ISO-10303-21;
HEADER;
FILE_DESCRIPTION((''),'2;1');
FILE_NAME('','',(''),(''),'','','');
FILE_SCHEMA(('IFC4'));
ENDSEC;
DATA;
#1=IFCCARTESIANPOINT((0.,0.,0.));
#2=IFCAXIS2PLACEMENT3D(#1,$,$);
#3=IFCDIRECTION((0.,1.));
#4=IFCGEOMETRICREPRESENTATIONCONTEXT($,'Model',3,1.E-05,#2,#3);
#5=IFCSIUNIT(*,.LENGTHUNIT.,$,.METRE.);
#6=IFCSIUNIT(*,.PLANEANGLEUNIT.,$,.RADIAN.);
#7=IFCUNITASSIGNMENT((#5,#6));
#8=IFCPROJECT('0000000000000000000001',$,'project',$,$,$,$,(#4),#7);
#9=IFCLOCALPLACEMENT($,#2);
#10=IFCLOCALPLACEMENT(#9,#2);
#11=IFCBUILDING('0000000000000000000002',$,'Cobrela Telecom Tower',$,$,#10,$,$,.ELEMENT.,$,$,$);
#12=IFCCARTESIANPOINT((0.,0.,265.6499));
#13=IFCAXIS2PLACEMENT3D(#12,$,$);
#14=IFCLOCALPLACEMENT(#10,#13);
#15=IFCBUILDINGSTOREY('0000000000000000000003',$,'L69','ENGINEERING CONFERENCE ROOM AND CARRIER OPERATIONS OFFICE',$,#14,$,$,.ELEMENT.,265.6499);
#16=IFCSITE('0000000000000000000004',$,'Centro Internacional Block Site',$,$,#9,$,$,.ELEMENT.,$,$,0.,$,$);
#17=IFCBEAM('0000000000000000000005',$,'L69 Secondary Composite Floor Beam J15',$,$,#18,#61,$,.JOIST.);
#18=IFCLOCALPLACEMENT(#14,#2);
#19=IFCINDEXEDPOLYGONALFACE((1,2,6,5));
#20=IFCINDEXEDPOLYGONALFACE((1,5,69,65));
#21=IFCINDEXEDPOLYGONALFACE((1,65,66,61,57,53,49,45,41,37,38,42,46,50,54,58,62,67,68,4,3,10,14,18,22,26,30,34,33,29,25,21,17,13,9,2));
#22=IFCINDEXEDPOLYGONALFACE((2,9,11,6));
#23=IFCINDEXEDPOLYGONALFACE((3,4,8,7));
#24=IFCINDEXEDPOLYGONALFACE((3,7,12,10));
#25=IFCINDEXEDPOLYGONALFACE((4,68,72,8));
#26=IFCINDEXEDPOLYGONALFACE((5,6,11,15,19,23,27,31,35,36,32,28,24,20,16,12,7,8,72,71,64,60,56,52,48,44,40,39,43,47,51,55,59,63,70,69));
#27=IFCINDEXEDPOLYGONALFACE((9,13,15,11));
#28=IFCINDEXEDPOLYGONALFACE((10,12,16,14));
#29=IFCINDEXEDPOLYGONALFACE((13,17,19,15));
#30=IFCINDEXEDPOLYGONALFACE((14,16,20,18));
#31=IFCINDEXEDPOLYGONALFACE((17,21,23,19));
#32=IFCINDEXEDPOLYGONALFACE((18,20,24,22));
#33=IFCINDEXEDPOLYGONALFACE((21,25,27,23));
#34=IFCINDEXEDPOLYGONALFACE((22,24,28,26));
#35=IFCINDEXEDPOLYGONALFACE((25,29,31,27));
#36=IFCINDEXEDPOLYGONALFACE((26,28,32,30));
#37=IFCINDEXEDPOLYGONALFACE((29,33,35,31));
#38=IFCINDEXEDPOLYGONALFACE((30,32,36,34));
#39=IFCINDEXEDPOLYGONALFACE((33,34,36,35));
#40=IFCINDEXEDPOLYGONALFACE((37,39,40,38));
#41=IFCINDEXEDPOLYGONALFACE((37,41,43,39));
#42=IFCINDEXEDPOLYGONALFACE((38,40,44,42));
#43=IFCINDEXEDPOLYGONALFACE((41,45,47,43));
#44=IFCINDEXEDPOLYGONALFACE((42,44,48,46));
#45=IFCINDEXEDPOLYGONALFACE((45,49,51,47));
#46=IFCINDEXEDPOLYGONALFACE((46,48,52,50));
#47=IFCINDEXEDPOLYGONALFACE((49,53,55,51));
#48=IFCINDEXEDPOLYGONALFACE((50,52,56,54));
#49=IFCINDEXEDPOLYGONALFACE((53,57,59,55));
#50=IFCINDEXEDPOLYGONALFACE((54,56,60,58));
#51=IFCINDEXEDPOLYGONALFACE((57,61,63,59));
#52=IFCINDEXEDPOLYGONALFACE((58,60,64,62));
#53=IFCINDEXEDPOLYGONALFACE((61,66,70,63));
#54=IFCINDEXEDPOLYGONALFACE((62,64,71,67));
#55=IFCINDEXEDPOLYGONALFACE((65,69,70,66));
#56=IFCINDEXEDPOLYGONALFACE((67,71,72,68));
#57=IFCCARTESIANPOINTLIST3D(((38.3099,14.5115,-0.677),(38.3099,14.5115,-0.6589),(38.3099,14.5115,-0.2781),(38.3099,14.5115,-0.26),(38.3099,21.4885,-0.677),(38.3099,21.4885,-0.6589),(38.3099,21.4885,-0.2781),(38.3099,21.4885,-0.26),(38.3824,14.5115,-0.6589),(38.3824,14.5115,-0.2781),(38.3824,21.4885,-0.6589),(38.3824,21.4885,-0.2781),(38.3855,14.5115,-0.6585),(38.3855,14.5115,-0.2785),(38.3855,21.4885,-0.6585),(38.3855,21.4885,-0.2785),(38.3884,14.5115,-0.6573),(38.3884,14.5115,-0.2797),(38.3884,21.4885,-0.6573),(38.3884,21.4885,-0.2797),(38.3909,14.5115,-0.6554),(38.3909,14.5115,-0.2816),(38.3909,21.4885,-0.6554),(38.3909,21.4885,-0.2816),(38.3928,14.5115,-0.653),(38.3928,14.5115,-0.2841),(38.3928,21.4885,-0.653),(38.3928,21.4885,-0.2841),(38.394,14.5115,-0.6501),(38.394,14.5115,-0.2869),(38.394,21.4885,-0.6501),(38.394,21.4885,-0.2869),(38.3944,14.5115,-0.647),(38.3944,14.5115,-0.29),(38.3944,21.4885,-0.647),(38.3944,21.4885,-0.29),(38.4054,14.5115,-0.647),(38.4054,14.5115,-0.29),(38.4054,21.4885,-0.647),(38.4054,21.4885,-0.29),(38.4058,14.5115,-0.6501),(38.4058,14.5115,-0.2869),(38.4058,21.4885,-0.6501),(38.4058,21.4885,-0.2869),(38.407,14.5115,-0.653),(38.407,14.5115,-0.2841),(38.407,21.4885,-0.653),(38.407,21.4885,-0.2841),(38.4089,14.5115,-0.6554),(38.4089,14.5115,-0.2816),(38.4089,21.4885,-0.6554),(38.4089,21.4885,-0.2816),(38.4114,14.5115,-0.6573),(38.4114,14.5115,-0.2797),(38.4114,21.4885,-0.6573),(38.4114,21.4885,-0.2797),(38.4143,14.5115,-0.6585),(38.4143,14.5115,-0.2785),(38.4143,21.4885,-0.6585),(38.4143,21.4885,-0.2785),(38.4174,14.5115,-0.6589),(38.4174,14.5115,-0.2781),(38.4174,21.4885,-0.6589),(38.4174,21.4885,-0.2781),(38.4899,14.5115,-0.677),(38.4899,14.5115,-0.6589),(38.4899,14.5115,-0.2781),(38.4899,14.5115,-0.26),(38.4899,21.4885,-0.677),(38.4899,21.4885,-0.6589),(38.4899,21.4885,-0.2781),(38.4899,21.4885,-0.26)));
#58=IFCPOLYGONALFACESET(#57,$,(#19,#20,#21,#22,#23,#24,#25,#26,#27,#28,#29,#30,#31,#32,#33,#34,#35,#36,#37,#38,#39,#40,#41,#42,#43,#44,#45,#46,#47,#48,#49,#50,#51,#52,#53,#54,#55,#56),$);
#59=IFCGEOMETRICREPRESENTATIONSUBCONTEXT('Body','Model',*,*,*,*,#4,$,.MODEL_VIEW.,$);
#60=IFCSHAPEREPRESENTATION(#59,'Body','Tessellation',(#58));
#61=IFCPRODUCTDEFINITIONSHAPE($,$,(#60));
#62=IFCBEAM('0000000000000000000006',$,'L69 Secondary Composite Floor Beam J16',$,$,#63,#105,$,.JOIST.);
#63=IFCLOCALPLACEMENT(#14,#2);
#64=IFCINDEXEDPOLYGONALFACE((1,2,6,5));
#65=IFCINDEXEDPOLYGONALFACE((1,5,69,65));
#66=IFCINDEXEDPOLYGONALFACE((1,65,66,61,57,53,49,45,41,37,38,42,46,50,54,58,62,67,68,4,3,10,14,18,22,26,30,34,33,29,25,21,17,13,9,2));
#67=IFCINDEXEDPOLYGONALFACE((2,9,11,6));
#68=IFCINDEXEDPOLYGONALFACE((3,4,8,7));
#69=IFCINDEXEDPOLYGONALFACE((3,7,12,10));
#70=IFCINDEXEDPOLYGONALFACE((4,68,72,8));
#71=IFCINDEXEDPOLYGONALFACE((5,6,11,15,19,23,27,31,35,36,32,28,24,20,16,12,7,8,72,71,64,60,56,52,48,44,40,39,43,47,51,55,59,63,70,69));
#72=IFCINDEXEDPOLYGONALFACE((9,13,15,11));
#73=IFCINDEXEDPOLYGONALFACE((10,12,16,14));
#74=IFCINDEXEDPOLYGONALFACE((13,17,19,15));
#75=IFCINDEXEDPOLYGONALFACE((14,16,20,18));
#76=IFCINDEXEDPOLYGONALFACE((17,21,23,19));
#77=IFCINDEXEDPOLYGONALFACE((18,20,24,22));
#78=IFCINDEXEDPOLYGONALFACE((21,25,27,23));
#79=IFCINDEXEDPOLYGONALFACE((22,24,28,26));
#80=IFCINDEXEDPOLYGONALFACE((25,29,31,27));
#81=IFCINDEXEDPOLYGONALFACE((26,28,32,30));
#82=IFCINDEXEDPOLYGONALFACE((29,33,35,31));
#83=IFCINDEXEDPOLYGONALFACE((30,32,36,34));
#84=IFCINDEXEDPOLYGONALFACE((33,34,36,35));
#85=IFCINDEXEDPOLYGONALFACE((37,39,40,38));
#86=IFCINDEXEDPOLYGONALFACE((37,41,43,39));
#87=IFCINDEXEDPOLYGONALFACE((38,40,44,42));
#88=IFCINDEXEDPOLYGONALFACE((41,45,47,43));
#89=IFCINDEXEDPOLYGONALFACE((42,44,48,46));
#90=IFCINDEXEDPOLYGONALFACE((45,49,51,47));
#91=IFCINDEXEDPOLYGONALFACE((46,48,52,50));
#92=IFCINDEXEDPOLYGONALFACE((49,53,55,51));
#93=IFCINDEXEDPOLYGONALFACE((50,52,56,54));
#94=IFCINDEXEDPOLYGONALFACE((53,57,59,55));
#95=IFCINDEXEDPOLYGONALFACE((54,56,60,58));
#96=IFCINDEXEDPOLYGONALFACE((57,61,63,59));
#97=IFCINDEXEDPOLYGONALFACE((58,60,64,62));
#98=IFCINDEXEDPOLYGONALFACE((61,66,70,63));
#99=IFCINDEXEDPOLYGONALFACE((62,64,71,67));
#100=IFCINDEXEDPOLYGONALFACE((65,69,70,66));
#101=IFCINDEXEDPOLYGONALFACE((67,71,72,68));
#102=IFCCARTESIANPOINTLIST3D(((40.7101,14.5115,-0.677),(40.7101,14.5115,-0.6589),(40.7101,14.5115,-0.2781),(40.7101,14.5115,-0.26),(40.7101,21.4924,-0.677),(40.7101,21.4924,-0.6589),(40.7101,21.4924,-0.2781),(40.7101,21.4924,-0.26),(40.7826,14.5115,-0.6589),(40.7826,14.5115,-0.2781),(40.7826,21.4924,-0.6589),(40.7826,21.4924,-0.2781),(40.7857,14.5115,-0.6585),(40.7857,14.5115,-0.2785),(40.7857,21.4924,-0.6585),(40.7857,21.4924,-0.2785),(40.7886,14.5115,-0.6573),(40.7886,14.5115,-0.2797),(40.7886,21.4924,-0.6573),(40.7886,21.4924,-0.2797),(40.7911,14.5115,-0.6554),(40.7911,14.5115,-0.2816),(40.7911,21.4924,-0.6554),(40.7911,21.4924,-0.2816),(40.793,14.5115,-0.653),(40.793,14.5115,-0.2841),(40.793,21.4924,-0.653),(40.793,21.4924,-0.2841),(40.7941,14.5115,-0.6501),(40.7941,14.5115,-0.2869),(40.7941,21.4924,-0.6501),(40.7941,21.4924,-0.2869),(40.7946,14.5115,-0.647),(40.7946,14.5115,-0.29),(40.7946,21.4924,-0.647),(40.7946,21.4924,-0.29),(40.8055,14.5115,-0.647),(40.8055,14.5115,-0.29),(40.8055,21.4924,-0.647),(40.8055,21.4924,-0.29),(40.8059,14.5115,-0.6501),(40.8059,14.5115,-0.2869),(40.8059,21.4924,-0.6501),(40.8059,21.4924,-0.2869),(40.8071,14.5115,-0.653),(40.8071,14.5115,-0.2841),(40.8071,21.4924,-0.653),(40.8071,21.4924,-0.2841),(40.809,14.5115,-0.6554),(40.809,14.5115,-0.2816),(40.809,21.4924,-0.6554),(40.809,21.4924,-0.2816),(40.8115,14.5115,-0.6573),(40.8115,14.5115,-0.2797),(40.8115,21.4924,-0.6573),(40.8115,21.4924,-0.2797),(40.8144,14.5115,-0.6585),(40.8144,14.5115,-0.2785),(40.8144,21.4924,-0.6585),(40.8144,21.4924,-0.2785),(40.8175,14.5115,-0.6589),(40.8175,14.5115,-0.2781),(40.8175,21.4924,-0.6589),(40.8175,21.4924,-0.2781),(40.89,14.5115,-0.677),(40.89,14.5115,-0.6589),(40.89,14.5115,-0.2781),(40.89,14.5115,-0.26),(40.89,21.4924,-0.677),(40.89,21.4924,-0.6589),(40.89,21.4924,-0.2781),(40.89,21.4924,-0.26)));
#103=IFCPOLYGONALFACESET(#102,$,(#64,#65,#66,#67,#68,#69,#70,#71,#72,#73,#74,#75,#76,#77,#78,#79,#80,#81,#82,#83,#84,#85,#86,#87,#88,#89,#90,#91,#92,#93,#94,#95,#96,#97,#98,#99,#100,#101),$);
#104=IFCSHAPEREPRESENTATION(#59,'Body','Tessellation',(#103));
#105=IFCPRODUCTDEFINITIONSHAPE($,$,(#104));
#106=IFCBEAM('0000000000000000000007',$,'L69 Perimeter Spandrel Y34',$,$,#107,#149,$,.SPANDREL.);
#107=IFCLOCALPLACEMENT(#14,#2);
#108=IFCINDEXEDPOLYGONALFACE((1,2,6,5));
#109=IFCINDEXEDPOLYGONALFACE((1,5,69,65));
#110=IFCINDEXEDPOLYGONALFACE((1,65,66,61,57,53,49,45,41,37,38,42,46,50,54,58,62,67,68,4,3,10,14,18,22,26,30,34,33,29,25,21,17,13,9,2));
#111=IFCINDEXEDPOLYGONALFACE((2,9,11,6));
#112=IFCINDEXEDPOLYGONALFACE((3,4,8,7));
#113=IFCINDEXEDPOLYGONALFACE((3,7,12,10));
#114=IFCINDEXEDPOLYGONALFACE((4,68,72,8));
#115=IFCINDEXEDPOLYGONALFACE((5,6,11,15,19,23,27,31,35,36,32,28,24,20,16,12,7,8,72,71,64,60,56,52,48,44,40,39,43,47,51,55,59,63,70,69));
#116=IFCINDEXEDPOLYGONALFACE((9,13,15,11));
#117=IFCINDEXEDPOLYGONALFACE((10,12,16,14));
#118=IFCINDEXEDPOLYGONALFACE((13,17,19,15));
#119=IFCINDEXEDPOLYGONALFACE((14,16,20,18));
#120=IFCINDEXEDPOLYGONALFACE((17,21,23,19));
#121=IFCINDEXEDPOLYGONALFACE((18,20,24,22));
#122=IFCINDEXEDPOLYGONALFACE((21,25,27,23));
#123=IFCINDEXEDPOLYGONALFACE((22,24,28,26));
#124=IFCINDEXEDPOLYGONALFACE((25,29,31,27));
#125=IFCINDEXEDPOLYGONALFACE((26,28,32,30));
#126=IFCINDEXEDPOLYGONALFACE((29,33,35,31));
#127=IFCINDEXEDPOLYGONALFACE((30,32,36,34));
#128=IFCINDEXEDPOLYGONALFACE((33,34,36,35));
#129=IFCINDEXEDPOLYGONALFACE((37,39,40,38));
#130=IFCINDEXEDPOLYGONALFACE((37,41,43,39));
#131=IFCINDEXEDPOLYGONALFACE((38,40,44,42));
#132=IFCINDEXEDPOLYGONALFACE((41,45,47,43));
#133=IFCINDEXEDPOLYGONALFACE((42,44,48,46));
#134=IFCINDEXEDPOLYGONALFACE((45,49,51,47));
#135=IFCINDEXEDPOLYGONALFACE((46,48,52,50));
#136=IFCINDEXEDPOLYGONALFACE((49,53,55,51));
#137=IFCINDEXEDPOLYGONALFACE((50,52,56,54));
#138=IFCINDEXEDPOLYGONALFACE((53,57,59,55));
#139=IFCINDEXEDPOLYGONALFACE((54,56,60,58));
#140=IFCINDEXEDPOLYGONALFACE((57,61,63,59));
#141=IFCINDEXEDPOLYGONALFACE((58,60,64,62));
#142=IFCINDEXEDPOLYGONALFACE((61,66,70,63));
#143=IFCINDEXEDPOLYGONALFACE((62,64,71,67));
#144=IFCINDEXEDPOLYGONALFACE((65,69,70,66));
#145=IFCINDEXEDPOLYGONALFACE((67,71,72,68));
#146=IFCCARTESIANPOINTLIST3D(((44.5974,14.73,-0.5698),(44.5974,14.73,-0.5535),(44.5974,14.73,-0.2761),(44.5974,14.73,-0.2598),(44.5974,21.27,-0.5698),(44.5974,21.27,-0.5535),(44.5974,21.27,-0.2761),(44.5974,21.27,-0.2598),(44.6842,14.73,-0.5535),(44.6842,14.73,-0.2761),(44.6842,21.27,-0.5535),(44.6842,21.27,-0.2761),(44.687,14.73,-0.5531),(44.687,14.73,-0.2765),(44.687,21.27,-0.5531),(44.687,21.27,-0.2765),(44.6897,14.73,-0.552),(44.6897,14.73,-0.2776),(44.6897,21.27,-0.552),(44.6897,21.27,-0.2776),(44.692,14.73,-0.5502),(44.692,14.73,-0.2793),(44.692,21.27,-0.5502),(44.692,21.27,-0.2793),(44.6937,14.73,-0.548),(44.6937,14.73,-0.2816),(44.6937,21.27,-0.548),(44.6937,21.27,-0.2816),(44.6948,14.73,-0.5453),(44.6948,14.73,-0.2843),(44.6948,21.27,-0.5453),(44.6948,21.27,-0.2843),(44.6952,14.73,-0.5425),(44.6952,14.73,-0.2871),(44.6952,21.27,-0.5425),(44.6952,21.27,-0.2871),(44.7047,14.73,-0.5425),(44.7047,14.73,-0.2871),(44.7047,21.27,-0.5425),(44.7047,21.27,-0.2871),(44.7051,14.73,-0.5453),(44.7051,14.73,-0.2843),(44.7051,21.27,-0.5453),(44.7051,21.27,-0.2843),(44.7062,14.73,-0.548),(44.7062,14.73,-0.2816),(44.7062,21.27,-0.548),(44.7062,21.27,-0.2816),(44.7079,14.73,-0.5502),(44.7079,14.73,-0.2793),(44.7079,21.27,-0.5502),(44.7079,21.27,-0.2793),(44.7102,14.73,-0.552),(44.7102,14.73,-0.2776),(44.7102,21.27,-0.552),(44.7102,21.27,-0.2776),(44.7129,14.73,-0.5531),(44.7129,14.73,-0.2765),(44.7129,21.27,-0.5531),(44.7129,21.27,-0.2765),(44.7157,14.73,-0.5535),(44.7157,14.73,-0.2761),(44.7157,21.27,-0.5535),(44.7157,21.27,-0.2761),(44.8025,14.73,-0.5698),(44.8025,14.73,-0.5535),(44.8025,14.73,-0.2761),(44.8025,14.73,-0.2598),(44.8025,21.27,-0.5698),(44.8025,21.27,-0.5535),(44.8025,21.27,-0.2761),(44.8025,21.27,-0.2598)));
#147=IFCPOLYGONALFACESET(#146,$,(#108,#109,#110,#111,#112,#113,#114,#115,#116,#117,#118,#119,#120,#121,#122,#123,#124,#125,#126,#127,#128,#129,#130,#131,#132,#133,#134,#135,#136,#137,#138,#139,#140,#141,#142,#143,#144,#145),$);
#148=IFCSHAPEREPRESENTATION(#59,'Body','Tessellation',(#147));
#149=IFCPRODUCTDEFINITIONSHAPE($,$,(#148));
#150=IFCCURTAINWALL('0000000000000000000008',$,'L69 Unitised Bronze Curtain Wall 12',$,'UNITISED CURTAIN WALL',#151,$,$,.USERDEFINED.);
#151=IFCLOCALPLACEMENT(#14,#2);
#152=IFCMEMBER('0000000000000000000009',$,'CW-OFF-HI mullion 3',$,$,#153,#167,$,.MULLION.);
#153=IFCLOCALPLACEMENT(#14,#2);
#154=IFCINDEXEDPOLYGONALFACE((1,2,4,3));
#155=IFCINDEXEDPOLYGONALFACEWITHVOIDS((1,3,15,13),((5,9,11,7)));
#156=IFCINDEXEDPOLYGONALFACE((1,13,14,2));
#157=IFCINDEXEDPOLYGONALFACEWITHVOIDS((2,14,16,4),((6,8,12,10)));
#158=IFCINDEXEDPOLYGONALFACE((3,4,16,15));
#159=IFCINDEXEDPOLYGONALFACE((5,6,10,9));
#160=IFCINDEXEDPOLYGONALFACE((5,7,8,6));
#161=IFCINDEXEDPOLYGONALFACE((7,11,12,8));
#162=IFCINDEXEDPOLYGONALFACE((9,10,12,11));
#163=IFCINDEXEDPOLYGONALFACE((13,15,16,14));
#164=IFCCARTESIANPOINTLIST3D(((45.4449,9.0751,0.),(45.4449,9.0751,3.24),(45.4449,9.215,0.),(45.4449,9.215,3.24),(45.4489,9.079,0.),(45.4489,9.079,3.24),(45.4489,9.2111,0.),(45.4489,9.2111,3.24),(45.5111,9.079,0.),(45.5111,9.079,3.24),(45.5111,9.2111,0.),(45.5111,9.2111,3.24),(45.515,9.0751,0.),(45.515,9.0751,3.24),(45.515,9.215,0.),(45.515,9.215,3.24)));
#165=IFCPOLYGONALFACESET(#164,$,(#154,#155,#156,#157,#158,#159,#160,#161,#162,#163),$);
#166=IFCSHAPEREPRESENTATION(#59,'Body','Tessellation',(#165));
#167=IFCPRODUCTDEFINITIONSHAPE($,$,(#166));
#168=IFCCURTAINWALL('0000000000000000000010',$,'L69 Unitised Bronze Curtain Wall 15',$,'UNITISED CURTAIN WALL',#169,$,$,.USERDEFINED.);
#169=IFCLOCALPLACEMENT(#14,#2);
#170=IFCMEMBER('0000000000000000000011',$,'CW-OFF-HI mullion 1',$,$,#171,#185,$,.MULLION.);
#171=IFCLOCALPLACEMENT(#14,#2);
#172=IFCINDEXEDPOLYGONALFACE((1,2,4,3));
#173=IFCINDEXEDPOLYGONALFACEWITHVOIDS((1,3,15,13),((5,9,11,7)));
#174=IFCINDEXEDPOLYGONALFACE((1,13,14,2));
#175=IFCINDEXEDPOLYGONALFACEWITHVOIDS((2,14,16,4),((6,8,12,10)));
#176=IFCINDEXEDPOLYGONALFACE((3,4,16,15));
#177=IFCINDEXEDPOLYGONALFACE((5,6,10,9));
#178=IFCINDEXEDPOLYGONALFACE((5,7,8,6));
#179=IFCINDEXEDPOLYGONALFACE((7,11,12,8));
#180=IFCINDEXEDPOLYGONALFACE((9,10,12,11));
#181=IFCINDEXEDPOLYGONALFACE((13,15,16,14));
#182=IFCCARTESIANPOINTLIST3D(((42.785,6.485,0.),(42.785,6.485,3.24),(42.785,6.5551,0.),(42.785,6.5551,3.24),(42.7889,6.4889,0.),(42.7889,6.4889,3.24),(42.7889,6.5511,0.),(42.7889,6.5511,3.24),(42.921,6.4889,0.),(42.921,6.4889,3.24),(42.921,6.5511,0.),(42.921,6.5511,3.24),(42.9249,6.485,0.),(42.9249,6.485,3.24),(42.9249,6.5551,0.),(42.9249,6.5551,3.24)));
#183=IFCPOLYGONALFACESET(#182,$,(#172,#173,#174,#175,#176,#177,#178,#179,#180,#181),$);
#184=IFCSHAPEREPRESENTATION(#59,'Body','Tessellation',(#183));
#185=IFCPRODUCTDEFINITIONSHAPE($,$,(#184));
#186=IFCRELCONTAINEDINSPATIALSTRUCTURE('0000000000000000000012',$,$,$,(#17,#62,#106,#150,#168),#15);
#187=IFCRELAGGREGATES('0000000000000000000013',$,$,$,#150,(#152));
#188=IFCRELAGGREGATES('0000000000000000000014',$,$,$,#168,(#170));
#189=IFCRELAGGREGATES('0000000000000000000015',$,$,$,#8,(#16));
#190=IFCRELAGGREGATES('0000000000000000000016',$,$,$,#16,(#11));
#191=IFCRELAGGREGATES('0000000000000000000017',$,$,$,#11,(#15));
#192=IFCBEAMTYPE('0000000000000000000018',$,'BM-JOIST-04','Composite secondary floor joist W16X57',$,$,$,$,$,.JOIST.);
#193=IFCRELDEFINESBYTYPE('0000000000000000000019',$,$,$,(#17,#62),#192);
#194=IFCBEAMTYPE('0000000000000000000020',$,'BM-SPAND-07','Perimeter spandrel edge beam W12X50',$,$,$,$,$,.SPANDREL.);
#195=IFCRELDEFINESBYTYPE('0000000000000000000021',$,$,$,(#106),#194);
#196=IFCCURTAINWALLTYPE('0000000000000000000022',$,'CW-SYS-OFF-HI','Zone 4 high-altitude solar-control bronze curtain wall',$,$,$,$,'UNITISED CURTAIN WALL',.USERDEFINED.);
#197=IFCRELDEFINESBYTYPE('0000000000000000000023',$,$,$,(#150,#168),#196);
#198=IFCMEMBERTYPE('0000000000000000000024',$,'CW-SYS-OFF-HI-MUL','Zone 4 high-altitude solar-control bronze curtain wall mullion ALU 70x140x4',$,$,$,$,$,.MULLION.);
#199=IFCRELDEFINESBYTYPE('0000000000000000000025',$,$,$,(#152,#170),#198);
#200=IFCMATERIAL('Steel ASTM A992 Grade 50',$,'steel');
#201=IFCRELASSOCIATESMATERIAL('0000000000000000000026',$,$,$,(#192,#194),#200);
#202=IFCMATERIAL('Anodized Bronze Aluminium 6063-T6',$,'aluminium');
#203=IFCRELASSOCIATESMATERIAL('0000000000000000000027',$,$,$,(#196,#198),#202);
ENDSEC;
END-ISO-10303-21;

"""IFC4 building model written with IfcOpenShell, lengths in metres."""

from ifc_helpers import new_model, si_unit, direction, frame, origin, origin_2d, place, context, subcontext, project, spatial, hollow_rectangle, i_section, extrude, material, material_profile, profile_set, type_object, element, aggregate, save


model = new_model("IFC4")

# Units and contexts
model_context = context("Model", 3, precision=1e-05, world=origin(), true_north=direction((0.0, 1.0)))
body_context = subcontext(model_context, "Body", "Model", "MODEL_VIEW")
ifc_project = project(units=[si_unit("LENGTHUNIT", "METRE"), si_unit("PLANEANGLEUNIT", "RADIAN")], contexts=[model_context])

# Site, building, storey
site_placement = place(None, origin())
site = spatial("IfcSite", under=ifc_project, at=site_placement, Name="Centro Internacional Block Site", CompositionType="ELEMENT", RefElevation=0.0)
building_placement = place(site_placement, origin())
building = spatial("IfcBuilding", under=site, at=building_placement, Name="Cobrela Telecom Tower", CompositionType="ELEMENT")
storey_placement = place(building_placement, frame((0.0, 0.0, 265.6499)))
storey = spatial("IfcBuildingStorey", under=building, at=storey_placement, Name="L69", Description="ENGINEERING CONFERENCE ROOM AND CARRIER OPERATIONS OFFICE", CompositionType="ELEMENT", Elevation=265.6499)

# Shared definitions
ifc_material_1 = material(Name="Steel ASTM A992 Grade 50", Category="steel")

# Beams
ifc_material_profile_1 = material_profile(ifc_material_1, i_section(OverallWidth=0.1799, OverallDepth=0.417, WebThickness=0.011, FlangeThickness=0.0181, FilletRadius=0.012, at=origin_2d()), Name="W16X57")
ifc_profile_set_1 = profile_set([ifc_material_profile_1], Name="Steel ASTM A992 Grade 50")
beam_type_1 = type_object("IfcBeamType", Name="BM-JOIST-04", Description="Composite secondary floor joist W16X57", PredefinedType="JOIST", material=ifc_profile_set_1)
for number, where, z_axis, x_axis, name in (
    (1, (38.3999, 14.5115, -0.4685), (0.0, 1.0, 0.0), (-1.0, 0.0, 0.0), "L69 Secondary Composite Floor Beam J15"),
):
    element("IfcBeam", number, at=place(storey_placement, frame(where, z_axis=z_axis, x_axis=x_axis)), inside=storey, type_object=beam_type_1, Name=name, PredefinedType="JOIST", context=body_context, shape_type="SweptSolid", body=[
        extrude(i_section(OverallWidth=0.1799, OverallDepth=0.417, WebThickness=0.011, FlangeThickness=0.0181, FilletRadius=0.012, at=origin_2d()), origin(), (0.0, 0.0, 1.0), 6.9771),
    ])
beam_1_placement = place(storey_placement, frame((40.8, 14.5115, -0.4685), z_axis=(0.0, 1.0, 0.0), x_axis=(-1.0, 0.0, 0.0)))
element("IfcBeam", 2, at=beam_1_placement, inside=storey, type_object=beam_type_1, Name="L69 Secondary Composite Floor Beam J16", PredefinedType="JOIST", context=body_context, shape_type="SweptSolid", body=[
    extrude(i_section(OverallWidth=0.1799, OverallDepth=0.417, WebThickness=0.011, FlangeThickness=0.0181, FilletRadius=0.012, at=origin_2d()), origin(), (0.0, 0.0, 1.0), 6.981),
])
ifc_material_profile_2 = material_profile(ifc_material_1, i_section(OverallWidth=0.2051, OverallDepth=0.3101, WebThickness=0.0095, FlangeThickness=0.0164, FilletRadius=0.011, at=origin_2d()), Name="W12X50")
ifc_profile_set_2 = profile_set([ifc_material_profile_2], Name="Steel ASTM A992 Grade 50")
beam_type_2 = type_object("IfcBeamType", Name="BM-SPAND-07", Description="Perimeter spandrel edge beam W12X50", PredefinedType="SPANDREL", material=ifc_profile_set_2)
beam_2_placement = place(storey_placement, frame((44.7, 14.73, -0.4148), z_axis=(0.0, 1.0, 0.0), x_axis=(-1.0, 0.0, 0.0)))
element("IfcBeam", 3, at=beam_2_placement, inside=storey, type_object=beam_type_2, Name="L69 Perimeter Spandrel Y34", PredefinedType="SPANDREL", context=body_context, shape_type="SweptSolid", body=[
    extrude(i_section(OverallWidth=0.2051, OverallDepth=0.3101, WebThickness=0.0095, FlangeThickness=0.0164, FilletRadius=0.011, at=origin_2d()), origin(), (0.0, 0.0, 1.0), 6.54),
])

# Curtain wall, member
ifc_material_2 = material(Name="Anodized Bronze Aluminium 6063-T6", Category="aluminium")
curtain_wall_type = type_object("IfcCurtainWallType", Name="CW-SYS-OFF-HI", Description="Zone 4 high-altitude solar-control bronze curtain wall", ElementType="UNITISED CURTAIN WALL", PredefinedType="USERDEFINED", material=ifc_material_2)
curtain_wall_1_placement = place(storey_placement, origin())
curtain_wall_1 = element("IfcCurtainWall", 4, at=curtain_wall_1_placement, inside=storey, type_object=curtain_wall_type, Name="L69 Unitised Bronze Curtain Wall 12", ObjectType="UNITISED CURTAIN WALL", PredefinedType="USERDEFINED")
ifc_material_profile_3 = material_profile(ifc_material_2, hollow_rectangle(XDim=0.0701, YDim=0.1399, WallThickness=0.0039, at=origin_2d()), Name="ALU 70x140x4")
ifc_profile_set_3 = profile_set([ifc_material_profile_3], Name="Anodized Bronze Aluminium 6063-T6")
member_type_1 = type_object("IfcMemberType", Name="CW-SYS-OFF-HI-MUL", Description="Zone 4 high-altitude solar-control bronze curtain wall mullion ALU 70x140x4", PredefinedType="MULLION", material=ifc_profile_set_3)
member_1_placement = place(storey_placement, frame((45.48, 9.145, 0.0), z_axis=(0.0, 0.0, 1.0), x_axis=(1.0, 0.0, 0.0)))
member_1 = element("IfcMember", 5, at=member_1_placement, type_object=member_type_1, Name="CW-OFF-HI mullion 3", PredefinedType="MULLION", context=body_context, shape_type="SweptSolid", body=[
    extrude(hollow_rectangle(XDim=0.0701, YDim=0.1399, WallThickness=0.0039, at=origin_2d()), origin(), (0.0, 0.0, 1.0), 3.24),
])

# Curtain wall, member
curtain_wall_2_placement = place(storey_placement, origin())
curtain_wall_2 = element("IfcCurtainWall", 6, at=curtain_wall_2_placement, inside=storey, type_object=curtain_wall_type, Name="L69 Unitised Bronze Curtain Wall 15", ObjectType="UNITISED CURTAIN WALL", PredefinedType="USERDEFINED")
member_2_placement = place(storey_placement, frame((42.855, 6.52, 0.0), z_axis=(0.0, 0.0, 1.0), x_axis=(0.0, -1.0, 0.0)))
member_2 = element("IfcMember", 7, at=member_2_placement, type_object=member_type_1, Name="CW-OFF-HI mullion 1", PredefinedType="MULLION", context=body_context, shape_type="SweptSolid", body=[
    extrude(hollow_rectangle(XDim=0.0701, YDim=0.1399, WallThickness=0.0039, at=origin_2d()), origin(), (0.0, 0.0, 1.0), 3.24),
])

aggregate(curtain_wall_1, [member_1])
aggregate(curtain_wall_2, [member_2])

save(model, "model.ifc")
